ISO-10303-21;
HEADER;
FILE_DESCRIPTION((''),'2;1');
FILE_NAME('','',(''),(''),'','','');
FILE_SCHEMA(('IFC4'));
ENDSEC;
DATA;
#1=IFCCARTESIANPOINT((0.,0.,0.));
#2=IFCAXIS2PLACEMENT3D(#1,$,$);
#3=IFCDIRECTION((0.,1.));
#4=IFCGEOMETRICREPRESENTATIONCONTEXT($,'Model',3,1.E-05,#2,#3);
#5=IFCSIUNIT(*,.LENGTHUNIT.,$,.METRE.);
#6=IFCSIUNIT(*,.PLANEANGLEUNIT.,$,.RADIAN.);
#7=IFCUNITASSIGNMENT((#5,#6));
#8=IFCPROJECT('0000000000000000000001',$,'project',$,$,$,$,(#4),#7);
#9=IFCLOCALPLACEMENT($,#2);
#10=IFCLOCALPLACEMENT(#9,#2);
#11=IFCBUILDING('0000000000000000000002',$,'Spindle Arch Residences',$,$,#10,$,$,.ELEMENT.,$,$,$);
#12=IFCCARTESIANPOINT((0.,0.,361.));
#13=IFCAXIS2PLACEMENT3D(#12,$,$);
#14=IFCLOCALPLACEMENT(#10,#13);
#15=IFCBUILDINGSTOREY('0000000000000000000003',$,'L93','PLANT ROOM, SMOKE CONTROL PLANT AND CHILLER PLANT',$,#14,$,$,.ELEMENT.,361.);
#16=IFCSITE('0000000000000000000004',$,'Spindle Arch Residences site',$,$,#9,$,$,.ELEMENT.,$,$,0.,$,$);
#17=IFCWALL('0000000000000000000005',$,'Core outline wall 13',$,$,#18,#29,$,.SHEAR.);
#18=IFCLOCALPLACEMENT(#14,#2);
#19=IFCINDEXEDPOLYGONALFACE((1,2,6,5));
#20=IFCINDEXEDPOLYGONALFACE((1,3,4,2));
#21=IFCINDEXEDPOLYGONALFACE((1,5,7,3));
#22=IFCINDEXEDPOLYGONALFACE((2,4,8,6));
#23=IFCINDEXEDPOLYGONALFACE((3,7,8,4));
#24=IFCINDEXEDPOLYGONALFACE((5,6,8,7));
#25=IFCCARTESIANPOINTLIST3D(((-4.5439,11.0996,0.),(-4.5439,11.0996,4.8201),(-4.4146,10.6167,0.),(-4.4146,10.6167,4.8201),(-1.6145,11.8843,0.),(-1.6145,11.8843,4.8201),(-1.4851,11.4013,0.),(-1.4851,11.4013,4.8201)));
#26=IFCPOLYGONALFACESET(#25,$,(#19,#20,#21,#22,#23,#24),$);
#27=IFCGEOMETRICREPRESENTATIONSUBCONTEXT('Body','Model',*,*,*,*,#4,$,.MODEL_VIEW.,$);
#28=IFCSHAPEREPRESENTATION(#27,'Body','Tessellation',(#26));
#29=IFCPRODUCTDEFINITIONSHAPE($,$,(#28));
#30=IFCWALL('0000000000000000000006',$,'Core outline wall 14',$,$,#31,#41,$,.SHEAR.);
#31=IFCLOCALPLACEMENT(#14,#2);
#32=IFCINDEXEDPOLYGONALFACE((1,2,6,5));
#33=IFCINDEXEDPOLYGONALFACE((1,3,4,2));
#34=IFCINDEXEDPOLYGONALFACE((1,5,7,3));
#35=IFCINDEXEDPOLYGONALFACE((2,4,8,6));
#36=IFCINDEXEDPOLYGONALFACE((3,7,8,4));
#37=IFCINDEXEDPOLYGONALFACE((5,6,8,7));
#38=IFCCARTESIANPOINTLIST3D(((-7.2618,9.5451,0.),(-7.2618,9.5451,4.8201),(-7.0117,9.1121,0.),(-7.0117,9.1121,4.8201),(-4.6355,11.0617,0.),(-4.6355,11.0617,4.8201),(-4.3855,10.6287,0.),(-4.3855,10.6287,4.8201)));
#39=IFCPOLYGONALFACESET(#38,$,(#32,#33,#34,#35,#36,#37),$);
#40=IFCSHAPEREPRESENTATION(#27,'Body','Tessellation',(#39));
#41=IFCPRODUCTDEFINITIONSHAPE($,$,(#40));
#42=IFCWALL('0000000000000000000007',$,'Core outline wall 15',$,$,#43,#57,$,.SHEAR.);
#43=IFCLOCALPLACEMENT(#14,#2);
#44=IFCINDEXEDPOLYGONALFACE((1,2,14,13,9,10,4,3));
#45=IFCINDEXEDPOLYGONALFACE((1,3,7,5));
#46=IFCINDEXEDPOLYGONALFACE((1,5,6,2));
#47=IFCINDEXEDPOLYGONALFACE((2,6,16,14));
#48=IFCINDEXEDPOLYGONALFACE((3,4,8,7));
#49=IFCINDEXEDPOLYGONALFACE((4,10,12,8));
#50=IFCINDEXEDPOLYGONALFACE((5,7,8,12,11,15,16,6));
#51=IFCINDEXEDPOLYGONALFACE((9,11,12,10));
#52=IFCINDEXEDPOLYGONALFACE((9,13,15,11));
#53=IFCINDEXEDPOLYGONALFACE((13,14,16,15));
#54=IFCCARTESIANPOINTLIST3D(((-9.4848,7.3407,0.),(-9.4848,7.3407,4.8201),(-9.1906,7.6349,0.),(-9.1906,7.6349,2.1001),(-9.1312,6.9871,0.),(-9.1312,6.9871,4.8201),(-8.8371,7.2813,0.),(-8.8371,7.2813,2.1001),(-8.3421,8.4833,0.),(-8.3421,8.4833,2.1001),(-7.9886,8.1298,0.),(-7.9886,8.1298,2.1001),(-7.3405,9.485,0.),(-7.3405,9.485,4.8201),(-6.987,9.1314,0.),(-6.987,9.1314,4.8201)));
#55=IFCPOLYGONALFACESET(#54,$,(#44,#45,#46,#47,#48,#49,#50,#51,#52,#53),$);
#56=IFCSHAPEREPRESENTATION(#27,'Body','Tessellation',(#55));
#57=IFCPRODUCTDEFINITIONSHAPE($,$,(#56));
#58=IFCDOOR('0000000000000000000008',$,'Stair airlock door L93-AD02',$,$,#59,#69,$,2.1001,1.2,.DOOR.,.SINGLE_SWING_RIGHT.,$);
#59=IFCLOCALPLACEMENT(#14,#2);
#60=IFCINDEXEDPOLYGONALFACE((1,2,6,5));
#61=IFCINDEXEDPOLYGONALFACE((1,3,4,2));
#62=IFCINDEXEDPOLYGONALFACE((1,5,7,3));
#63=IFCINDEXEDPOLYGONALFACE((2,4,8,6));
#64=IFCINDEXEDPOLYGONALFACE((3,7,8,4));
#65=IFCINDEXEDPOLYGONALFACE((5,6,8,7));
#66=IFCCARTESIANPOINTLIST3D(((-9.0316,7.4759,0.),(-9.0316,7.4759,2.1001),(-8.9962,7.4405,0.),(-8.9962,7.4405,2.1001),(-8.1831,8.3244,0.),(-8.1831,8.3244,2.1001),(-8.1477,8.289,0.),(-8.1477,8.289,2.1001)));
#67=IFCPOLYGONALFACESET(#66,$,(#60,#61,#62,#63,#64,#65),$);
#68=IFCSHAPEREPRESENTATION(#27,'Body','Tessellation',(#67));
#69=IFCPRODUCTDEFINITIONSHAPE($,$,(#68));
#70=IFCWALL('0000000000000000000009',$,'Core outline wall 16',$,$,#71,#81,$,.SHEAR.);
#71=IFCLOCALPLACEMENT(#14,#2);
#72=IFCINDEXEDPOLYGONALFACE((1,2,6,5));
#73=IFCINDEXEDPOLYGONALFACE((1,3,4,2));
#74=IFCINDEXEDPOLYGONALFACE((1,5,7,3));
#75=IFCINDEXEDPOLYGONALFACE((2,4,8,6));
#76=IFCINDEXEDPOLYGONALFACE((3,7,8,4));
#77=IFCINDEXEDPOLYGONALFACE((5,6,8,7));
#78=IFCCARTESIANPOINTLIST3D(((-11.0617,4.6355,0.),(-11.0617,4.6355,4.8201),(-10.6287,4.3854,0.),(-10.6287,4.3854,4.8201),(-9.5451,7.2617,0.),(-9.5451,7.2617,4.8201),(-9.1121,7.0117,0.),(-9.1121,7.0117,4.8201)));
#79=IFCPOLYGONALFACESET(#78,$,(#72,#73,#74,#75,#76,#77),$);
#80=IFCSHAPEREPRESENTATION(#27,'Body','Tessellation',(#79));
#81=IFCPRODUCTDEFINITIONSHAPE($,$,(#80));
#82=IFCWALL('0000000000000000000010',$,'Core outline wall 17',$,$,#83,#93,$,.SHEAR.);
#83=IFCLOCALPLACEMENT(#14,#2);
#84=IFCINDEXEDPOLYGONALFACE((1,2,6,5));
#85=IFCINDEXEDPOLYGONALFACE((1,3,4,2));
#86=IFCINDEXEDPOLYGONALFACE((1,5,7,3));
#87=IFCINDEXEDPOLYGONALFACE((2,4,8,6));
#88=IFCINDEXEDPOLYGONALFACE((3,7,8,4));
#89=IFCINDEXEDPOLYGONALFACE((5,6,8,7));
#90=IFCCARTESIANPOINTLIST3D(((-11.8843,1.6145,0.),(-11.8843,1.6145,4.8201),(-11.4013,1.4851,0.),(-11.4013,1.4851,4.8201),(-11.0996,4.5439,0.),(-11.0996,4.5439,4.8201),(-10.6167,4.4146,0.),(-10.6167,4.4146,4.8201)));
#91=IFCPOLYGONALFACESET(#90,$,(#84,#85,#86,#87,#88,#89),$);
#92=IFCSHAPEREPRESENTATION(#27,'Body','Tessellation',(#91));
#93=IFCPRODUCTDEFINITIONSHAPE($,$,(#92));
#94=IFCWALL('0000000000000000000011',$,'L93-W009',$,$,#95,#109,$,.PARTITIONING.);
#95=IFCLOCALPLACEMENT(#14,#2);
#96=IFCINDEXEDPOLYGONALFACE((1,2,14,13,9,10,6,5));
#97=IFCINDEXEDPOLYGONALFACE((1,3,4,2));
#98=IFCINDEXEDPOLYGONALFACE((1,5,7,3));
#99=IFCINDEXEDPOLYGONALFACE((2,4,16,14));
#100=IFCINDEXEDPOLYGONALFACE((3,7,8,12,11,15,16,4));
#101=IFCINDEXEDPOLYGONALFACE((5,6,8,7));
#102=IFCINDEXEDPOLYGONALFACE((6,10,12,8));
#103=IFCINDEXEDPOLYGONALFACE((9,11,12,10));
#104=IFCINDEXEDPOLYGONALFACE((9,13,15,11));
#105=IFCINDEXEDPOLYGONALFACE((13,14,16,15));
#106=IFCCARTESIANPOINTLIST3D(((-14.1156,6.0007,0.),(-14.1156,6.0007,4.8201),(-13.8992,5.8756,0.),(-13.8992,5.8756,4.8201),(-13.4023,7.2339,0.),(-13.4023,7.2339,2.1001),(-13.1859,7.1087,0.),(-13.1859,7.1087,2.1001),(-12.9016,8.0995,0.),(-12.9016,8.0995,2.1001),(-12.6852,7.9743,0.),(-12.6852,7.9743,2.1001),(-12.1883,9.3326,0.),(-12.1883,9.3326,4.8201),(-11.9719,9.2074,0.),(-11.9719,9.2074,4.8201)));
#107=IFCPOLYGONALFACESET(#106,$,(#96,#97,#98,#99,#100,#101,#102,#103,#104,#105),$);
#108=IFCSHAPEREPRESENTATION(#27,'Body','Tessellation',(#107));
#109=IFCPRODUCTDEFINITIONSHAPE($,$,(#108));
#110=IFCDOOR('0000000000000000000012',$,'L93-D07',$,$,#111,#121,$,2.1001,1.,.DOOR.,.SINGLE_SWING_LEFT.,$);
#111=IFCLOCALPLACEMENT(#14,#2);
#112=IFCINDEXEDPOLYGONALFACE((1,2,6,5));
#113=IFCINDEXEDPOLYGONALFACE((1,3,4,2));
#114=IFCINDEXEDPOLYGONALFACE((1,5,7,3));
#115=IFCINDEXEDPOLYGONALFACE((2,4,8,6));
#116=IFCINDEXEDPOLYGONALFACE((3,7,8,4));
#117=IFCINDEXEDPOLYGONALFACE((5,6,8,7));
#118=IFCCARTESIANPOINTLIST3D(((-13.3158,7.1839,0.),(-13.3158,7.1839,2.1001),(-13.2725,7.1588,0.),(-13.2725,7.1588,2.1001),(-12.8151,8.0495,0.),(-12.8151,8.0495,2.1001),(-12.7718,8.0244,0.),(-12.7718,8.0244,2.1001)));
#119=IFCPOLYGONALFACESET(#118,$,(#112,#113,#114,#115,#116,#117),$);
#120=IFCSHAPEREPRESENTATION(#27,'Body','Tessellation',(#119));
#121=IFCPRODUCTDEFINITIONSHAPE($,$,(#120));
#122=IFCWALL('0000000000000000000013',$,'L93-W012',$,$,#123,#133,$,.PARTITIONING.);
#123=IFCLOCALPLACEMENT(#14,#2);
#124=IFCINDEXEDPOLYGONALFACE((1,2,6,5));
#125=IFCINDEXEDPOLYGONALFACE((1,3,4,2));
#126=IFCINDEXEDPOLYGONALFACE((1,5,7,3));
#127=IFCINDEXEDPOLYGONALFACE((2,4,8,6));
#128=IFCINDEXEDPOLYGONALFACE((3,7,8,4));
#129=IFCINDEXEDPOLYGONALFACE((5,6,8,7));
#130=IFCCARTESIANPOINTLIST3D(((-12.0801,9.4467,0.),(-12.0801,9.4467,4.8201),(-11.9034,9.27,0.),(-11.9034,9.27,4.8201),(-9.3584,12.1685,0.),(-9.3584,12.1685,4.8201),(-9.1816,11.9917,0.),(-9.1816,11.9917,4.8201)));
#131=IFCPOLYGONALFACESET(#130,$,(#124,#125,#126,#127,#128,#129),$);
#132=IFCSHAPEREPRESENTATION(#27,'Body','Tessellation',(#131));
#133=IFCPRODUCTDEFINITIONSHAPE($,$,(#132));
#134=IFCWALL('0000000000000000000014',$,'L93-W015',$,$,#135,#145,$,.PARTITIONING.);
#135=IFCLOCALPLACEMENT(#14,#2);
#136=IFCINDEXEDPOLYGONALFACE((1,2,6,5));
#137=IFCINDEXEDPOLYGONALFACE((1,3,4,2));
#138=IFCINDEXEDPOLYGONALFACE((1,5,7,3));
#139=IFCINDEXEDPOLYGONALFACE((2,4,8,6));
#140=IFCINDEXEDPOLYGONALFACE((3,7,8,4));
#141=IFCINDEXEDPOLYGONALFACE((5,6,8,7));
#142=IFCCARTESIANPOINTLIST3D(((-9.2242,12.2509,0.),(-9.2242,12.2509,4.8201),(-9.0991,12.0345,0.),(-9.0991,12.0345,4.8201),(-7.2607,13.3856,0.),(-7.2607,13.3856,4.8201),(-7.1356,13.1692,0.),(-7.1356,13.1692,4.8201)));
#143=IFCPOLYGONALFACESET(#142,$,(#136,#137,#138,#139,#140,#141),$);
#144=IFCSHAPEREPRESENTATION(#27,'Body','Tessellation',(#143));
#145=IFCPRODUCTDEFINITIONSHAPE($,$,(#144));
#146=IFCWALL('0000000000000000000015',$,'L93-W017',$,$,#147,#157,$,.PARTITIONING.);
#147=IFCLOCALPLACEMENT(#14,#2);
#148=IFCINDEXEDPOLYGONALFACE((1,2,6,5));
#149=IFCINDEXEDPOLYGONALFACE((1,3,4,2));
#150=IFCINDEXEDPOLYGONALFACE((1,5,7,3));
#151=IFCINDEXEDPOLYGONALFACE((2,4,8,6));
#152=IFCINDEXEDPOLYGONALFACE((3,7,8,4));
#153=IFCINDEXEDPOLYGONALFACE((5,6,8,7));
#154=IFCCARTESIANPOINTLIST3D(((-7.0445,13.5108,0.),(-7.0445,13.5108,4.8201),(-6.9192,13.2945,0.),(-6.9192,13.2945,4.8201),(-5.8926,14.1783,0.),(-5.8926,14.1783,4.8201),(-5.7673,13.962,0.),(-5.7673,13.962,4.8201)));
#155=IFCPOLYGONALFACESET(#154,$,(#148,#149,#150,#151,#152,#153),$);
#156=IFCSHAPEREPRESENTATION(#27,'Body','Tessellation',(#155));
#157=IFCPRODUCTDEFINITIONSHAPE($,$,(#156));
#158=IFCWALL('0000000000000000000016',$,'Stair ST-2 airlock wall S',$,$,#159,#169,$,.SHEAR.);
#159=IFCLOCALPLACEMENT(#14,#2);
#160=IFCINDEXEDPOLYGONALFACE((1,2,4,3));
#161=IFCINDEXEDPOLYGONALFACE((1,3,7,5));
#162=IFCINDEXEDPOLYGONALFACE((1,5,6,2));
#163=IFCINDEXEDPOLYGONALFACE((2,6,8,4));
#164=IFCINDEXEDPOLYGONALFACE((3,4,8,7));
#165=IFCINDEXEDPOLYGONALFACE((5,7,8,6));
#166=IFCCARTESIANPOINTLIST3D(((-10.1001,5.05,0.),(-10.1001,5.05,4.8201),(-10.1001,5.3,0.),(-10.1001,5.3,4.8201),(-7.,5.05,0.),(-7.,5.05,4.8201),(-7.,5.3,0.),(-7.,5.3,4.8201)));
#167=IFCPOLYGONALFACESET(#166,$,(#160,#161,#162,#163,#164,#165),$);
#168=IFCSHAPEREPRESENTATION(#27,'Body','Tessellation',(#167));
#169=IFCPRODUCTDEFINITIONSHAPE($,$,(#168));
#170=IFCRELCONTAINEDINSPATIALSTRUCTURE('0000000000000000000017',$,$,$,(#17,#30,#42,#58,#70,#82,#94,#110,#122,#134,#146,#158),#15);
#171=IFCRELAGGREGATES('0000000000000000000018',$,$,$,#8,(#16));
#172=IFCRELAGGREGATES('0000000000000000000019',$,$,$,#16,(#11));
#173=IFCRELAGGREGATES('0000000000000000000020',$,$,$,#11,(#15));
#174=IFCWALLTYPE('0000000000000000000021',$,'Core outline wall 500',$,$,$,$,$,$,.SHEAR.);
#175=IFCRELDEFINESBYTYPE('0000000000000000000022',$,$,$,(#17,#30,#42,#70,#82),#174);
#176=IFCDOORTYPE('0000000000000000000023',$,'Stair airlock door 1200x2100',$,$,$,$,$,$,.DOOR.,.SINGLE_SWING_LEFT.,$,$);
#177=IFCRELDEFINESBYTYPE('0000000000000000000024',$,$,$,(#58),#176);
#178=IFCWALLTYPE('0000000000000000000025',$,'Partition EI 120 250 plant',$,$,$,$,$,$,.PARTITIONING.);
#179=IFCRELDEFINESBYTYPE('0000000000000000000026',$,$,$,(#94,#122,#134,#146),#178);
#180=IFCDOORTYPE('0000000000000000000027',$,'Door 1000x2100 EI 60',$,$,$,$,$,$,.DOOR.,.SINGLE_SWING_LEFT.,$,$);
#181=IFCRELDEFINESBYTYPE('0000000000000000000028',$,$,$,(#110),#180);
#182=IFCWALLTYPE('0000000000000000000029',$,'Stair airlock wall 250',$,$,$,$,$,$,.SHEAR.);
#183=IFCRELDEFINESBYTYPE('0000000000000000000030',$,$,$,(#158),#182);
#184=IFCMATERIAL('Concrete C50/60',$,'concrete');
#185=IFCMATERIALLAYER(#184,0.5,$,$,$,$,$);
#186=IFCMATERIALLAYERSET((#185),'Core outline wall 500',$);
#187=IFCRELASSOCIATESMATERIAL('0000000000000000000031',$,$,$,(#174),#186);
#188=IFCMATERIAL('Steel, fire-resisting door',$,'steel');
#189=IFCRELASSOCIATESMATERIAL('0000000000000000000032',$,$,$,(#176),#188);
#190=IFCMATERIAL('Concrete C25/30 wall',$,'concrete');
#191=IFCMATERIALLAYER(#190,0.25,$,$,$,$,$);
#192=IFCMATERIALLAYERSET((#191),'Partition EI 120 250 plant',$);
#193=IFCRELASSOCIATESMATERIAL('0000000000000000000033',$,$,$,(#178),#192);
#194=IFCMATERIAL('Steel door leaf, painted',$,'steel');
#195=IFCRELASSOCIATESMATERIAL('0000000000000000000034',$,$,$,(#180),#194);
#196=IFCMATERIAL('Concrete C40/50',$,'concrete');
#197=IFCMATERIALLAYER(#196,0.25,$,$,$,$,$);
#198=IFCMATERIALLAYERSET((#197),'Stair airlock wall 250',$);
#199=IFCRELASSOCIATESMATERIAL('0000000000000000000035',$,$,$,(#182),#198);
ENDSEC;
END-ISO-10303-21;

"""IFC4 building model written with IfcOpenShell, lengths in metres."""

from ifc_helpers import new_model, si_unit, direction, frame, frame_2d, origin, place, context, subcontext, project, spatial, rectangle, extrude, material, layer, layer_set, type_object, element, fill, save


model = new_model("IFC4")

# Units and contexts
model_context = context("Model", 3, precision=1e-05, world=origin(), true_north=direction((0.0, 1.0)))
body_context = subcontext(model_context, "Body", "Model", "MODEL_VIEW")
ifc_project = project(units=[si_unit("LENGTHUNIT", "METRE"), si_unit("PLANEANGLEUNIT", "RADIAN")], contexts=[model_context])

# Site, building, storey
site_placement = place(None, origin())
site = spatial("IfcSite", under=ifc_project, at=site_placement, Name="Spindle Arch Residences site", CompositionType="ELEMENT", RefElevation=0.0)
building_placement = place(site_placement, origin())
building = spatial("IfcBuilding", under=site, at=building_placement, Name="Spindle Arch Residences", CompositionType="ELEMENT")
storey_placement = place(building_placement, frame((0.0, 0.0, 361.0)))
storey = spatial("IfcBuildingStorey", under=building, at=storey_placement, Name="L93", Description="PLANT ROOM, SMOKE CONTROL PLANT AND CHILLER PLANT", CompositionType="ELEMENT", Elevation=361.0)

# Walls
ifc_material_1 = material(Name="Concrete C50/60", Category="concrete")
ifc_layer_1 = layer(ifc_material_1, 0.5)
ifc_layer_set_1 = layer_set([ifc_layer_1], Name="Core outline wall 500")
wall_type_1 = type_object("IfcWallType", Name="Core outline wall 500", PredefinedType="SHEAR", material=ifc_layer_set_1)
for number, where, z_axis, x_axis, name in (
    (1, (-1.5498, 11.6428, 0.0), (0.0, 0.0, 1.0), (-0.965948, -0.258735, 0.0), "Core outline wall 13"),
    (2, (-4.5105, 10.8452, 0.0), (0.0, 0.0, 1.0), (-0.865975, -0.500087, 0.0), "Core outline wall 14"),
):
    element("IfcWall", number, at=place(storey_placement, frame(where, z_axis=z_axis, x_axis=x_axis)), inside=storey, type_object=wall_type_1, Name=name, PredefinedType="SHEAR", context=body_context, shape_type="SweptSolid", body=[
        extrude(rectangle(XDim=3.0327, YDim=0.5, at=frame_2d((1.5164, 0.0))), origin(), (0.0, 0.0, 1.0), 4.8201),
    ])

# Wall, opening, door
wall_1_placement = place(storey_placement, frame((-7.1638, 9.3081, 0.0), z_axis=(0.0, 0.0, 1.0), x_axis=(-0.707107, -0.707107, 0.0)))
wall_1 = element("IfcWall", 3, at=wall_1_placement, inside=storey, type_object=wall_type_1, Name="Core outline wall 15", PredefinedType="SHEAR", context=body_context, shape_type="SweptSolid", body=[
    extrude(rectangle(XDim=3.0325, YDim=0.5, at=frame_2d((1.5161, 0.0))), origin(), (0.0, 0.0, 1.0), 4.8201),
])
opening_1_placement = place(wall_1_placement, frame((1.4163, 0.0, 0.0)))
opening_1 = element("IfcOpeningElement", 4, at=opening_1_placement, cuts=wall_1, PredefinedType="OPENING", context=body_context, shape_type="SweptSolid", body=[
    extrude(rectangle(XDim=1.2, YDim=2.1001, at=frame_2d((0.6001, 1.05))), frame((0.0, 0.26, 0.0), z_axis=(0.0, -1.0, 0.0), x_axis=(1.0, 0.0, 0.0)), (0.0, 0.0, 1.0), 0.52),
])
ifc_material_2 = material(Name="Steel, fire-resisting door", Category="steel")
door_type_1 = type_object("IfcDoorType", Name="Stair airlock door 1200x2100", OperationType="SINGLE_SWING_LEFT", PredefinedType="DOOR", material=ifc_material_2)
door_1_placement = place(opening_1_placement, origin())
door_1 = element("IfcDoor", 5, at=door_1_placement, inside=storey, type_object=door_type_1, Name="Stair airlock door L93-AD02", OperationType="SINGLE_SWING_RIGHT", OverallHeight=2.1001, OverallWidth=1.2, PredefinedType="DOOR", context=body_context, shape_type="SweptSolid", body=[
    extrude(rectangle(XDim=1.2, YDim=2.1001, at=frame_2d((0.6001, 1.05))), frame((0.0, 0.0249, 0.0), z_axis=(0.0, -1.0, 0.0), x_axis=(1.0, 0.0, 0.0)), (0.0, 0.0, 1.0), 0.05),
])
fill(opening_1, door_1)

# Walls
for number, where, z_axis, x_axis, name in (
    (6, (-9.3286, 7.1367, 0.0), (0.0, 0.0, 1.0), (-0.500087, -0.865975, 0.0), "Core outline wall 16"),
    (7, (-10.8582, 4.4792, 0.0), (0.0, 0.0, 1.0), (-0.258735, -0.965948, 0.0), "Core outline wall 17"),
):
    element("IfcWall", number, at=place(storey_placement, frame(where, z_axis=z_axis, x_axis=x_axis)), inside=storey, type_object=wall_type_1, Name=name, PredefinedType="SHEAR", context=body_context, shape_type="SweptSolid", body=[
        extrude(rectangle(XDim=3.0327, YDim=0.5, at=frame_2d((1.5164, 0.0))), origin(), (0.0, 0.0, 1.0), 4.8201),
    ])

# Wall, opening, door
ifc_material_3 = material(Name="Concrete C25/30 wall", Category="concrete")
ifc_layer_2 = layer(ifc_material_3, 0.25)
ifc_layer_set_2 = layer_set([ifc_layer_2], Name="Partition EI 120 250 plant")
wall_type_2 = type_object("IfcWallType", Name="Partition EI 120 250 plant", PredefinedType="PARTITIONING", material=ifc_layer_set_2)
wall_2_placement = place(storey_placement, frame((-12.0801, 9.27, 0.0), z_axis=(0.0, 0.0, 1.0), x_axis=(-0.500709, -0.865616, 0.0)))
wall_2 = element("IfcWall", 8, at=wall_2_placement, inside=storey, type_object=wall_type_2, Name="L93-W009", PredefinedType="PARTITIONING", context=body_context, shape_type="SweptSolid", body=[
    extrude(rectangle(XDim=3.8491, YDim=0.25, at=frame_2d((1.9246, 0.0))), origin(), (0.0, 0.0, 1.0), 4.8201),
])
opening_2_placement = place(wall_2_placement, frame((1.4246, 0.0, 0.0)))
opening_2 = element("IfcOpeningElement", 9, at=opening_2_placement, cuts=wall_2, PredefinedType="OPENING", context=body_context, shape_type="SweptSolid", body=[
    extrude(rectangle(XDim=1.0, YDim=2.1001, at=frame_2d((0.5, 1.05))), frame((0.0, 0.135, 0.0), z_axis=(0.0, -1.0, 0.0), x_axis=(1.0, 0.0, 0.0)), (0.0, 0.0, 1.0), 0.27),
])
ifc_material_4 = material(Name="Steel door leaf, painted", Category="steel")
door_type_2 = type_object("IfcDoorType", Name="Door 1000x2100 EI 60", OperationType="SINGLE_SWING_LEFT", PredefinedType="DOOR", material=ifc_material_4)
door_2_placement = place(opening_2_placement, origin())
door_2 = element("IfcDoor", 10, at=door_2_placement, inside=storey, type_object=door_type_2, Name="L93-D07", OperationType="SINGLE_SWING_LEFT", OverallHeight=2.1001, OverallWidth=1.0, PredefinedType="DOOR", context=body_context, shape_type="SweptSolid", body=[
    extrude(rectangle(XDim=1.0, YDim=2.1001, at=frame_2d((0.5, 1.05))), frame((0.0, 0.0249, 0.0), z_axis=(0.0, -1.0, 0.0), x_axis=(1.0, 0.0, 0.0)), (0.0, 0.0, 1.0), 0.05),
])
fill(opening_2, door_2)

# Walls
wall_3_placement = place(storey_placement, frame((-9.27, 12.0801, 0.0), z_axis=(0.0, 0.0, 1.0), x_axis=(-0.707107, -0.707107, 0.0)))
element("IfcWall", 11, at=wall_3_placement, inside=storey, type_object=wall_type_2, Name="L93-W012", PredefinedType="PARTITIONING", context=body_context, shape_type="SweptSolid", body=[
    extrude(rectangle(XDim=3.8491, YDim=0.25, at=frame_2d((1.9246, 0.0))), origin(), (0.0, 0.0, 1.0), 4.8201),
])
wall_4_placement = place(storey_placement, frame((-7.1982, 13.2773, 0.0), z_axis=(0.0, 0.0, 1.0), x_axis=(-0.865822, -0.500353, 0.0)))
element("IfcWall", 12, at=wall_4_placement, inside=storey, type_object=wall_type_2, Name="L93-W015", PredefinedType="PARTITIONING", context=body_context, shape_type="SweptSolid", body=[
    extrude(rectangle(XDim=2.2678, YDim=0.25, at=frame_2d((1.1338, 0.0))), origin(), (0.0, 0.0, 1.0), 4.8201),
])
wall_5_placement = place(storey_placement, frame((-5.8301, 14.0701, 0.0), z_axis=(0.0, 0.0, 1.0), x_axis=(-0.865225, -0.501383, 0.0)))
element("IfcWall", 13, at=wall_5_placement, inside=storey, type_object=wall_type_2, Name="L93-W017", PredefinedType="PARTITIONING", context=body_context, shape_type="SweptSolid", body=[
    extrude(rectangle(XDim=1.3313, YDim=0.25, at=frame_2d((0.6655, 0.0))), origin(), (0.0, 0.0, 1.0), 4.8201),
])
ifc_material_5 = material(Name="Concrete C40/50", Category="concrete")
ifc_layer_3 = layer(ifc_material_5, 0.25)
ifc_layer_set_3 = layer_set([ifc_layer_3], Name="Stair airlock wall 250")
wall_type_3 = type_object("IfcWallType", Name="Stair airlock wall 250", PredefinedType="SHEAR", material=ifc_layer_set_3)
wall_6_placement = place(storey_placement, frame((-7.0, 5.175, 0.0), z_axis=(0.0, 0.0, 1.0), x_axis=(-1.0, 0.0, 0.0)))
element("IfcWall", 14, at=wall_6_placement, inside=storey, type_object=wall_type_3, Name="Stair ST-2 airlock wall S", PredefinedType="SHEAR", context=body_context, shape_type="SweptSolid", body=[
    extrude(rectangle(XDim=3.1001, YDim=0.25, at=frame_2d((1.55, 0.0))), origin(), (0.0, 0.0, 1.0), 4.8201),
])

save(model, "model.ifc")
